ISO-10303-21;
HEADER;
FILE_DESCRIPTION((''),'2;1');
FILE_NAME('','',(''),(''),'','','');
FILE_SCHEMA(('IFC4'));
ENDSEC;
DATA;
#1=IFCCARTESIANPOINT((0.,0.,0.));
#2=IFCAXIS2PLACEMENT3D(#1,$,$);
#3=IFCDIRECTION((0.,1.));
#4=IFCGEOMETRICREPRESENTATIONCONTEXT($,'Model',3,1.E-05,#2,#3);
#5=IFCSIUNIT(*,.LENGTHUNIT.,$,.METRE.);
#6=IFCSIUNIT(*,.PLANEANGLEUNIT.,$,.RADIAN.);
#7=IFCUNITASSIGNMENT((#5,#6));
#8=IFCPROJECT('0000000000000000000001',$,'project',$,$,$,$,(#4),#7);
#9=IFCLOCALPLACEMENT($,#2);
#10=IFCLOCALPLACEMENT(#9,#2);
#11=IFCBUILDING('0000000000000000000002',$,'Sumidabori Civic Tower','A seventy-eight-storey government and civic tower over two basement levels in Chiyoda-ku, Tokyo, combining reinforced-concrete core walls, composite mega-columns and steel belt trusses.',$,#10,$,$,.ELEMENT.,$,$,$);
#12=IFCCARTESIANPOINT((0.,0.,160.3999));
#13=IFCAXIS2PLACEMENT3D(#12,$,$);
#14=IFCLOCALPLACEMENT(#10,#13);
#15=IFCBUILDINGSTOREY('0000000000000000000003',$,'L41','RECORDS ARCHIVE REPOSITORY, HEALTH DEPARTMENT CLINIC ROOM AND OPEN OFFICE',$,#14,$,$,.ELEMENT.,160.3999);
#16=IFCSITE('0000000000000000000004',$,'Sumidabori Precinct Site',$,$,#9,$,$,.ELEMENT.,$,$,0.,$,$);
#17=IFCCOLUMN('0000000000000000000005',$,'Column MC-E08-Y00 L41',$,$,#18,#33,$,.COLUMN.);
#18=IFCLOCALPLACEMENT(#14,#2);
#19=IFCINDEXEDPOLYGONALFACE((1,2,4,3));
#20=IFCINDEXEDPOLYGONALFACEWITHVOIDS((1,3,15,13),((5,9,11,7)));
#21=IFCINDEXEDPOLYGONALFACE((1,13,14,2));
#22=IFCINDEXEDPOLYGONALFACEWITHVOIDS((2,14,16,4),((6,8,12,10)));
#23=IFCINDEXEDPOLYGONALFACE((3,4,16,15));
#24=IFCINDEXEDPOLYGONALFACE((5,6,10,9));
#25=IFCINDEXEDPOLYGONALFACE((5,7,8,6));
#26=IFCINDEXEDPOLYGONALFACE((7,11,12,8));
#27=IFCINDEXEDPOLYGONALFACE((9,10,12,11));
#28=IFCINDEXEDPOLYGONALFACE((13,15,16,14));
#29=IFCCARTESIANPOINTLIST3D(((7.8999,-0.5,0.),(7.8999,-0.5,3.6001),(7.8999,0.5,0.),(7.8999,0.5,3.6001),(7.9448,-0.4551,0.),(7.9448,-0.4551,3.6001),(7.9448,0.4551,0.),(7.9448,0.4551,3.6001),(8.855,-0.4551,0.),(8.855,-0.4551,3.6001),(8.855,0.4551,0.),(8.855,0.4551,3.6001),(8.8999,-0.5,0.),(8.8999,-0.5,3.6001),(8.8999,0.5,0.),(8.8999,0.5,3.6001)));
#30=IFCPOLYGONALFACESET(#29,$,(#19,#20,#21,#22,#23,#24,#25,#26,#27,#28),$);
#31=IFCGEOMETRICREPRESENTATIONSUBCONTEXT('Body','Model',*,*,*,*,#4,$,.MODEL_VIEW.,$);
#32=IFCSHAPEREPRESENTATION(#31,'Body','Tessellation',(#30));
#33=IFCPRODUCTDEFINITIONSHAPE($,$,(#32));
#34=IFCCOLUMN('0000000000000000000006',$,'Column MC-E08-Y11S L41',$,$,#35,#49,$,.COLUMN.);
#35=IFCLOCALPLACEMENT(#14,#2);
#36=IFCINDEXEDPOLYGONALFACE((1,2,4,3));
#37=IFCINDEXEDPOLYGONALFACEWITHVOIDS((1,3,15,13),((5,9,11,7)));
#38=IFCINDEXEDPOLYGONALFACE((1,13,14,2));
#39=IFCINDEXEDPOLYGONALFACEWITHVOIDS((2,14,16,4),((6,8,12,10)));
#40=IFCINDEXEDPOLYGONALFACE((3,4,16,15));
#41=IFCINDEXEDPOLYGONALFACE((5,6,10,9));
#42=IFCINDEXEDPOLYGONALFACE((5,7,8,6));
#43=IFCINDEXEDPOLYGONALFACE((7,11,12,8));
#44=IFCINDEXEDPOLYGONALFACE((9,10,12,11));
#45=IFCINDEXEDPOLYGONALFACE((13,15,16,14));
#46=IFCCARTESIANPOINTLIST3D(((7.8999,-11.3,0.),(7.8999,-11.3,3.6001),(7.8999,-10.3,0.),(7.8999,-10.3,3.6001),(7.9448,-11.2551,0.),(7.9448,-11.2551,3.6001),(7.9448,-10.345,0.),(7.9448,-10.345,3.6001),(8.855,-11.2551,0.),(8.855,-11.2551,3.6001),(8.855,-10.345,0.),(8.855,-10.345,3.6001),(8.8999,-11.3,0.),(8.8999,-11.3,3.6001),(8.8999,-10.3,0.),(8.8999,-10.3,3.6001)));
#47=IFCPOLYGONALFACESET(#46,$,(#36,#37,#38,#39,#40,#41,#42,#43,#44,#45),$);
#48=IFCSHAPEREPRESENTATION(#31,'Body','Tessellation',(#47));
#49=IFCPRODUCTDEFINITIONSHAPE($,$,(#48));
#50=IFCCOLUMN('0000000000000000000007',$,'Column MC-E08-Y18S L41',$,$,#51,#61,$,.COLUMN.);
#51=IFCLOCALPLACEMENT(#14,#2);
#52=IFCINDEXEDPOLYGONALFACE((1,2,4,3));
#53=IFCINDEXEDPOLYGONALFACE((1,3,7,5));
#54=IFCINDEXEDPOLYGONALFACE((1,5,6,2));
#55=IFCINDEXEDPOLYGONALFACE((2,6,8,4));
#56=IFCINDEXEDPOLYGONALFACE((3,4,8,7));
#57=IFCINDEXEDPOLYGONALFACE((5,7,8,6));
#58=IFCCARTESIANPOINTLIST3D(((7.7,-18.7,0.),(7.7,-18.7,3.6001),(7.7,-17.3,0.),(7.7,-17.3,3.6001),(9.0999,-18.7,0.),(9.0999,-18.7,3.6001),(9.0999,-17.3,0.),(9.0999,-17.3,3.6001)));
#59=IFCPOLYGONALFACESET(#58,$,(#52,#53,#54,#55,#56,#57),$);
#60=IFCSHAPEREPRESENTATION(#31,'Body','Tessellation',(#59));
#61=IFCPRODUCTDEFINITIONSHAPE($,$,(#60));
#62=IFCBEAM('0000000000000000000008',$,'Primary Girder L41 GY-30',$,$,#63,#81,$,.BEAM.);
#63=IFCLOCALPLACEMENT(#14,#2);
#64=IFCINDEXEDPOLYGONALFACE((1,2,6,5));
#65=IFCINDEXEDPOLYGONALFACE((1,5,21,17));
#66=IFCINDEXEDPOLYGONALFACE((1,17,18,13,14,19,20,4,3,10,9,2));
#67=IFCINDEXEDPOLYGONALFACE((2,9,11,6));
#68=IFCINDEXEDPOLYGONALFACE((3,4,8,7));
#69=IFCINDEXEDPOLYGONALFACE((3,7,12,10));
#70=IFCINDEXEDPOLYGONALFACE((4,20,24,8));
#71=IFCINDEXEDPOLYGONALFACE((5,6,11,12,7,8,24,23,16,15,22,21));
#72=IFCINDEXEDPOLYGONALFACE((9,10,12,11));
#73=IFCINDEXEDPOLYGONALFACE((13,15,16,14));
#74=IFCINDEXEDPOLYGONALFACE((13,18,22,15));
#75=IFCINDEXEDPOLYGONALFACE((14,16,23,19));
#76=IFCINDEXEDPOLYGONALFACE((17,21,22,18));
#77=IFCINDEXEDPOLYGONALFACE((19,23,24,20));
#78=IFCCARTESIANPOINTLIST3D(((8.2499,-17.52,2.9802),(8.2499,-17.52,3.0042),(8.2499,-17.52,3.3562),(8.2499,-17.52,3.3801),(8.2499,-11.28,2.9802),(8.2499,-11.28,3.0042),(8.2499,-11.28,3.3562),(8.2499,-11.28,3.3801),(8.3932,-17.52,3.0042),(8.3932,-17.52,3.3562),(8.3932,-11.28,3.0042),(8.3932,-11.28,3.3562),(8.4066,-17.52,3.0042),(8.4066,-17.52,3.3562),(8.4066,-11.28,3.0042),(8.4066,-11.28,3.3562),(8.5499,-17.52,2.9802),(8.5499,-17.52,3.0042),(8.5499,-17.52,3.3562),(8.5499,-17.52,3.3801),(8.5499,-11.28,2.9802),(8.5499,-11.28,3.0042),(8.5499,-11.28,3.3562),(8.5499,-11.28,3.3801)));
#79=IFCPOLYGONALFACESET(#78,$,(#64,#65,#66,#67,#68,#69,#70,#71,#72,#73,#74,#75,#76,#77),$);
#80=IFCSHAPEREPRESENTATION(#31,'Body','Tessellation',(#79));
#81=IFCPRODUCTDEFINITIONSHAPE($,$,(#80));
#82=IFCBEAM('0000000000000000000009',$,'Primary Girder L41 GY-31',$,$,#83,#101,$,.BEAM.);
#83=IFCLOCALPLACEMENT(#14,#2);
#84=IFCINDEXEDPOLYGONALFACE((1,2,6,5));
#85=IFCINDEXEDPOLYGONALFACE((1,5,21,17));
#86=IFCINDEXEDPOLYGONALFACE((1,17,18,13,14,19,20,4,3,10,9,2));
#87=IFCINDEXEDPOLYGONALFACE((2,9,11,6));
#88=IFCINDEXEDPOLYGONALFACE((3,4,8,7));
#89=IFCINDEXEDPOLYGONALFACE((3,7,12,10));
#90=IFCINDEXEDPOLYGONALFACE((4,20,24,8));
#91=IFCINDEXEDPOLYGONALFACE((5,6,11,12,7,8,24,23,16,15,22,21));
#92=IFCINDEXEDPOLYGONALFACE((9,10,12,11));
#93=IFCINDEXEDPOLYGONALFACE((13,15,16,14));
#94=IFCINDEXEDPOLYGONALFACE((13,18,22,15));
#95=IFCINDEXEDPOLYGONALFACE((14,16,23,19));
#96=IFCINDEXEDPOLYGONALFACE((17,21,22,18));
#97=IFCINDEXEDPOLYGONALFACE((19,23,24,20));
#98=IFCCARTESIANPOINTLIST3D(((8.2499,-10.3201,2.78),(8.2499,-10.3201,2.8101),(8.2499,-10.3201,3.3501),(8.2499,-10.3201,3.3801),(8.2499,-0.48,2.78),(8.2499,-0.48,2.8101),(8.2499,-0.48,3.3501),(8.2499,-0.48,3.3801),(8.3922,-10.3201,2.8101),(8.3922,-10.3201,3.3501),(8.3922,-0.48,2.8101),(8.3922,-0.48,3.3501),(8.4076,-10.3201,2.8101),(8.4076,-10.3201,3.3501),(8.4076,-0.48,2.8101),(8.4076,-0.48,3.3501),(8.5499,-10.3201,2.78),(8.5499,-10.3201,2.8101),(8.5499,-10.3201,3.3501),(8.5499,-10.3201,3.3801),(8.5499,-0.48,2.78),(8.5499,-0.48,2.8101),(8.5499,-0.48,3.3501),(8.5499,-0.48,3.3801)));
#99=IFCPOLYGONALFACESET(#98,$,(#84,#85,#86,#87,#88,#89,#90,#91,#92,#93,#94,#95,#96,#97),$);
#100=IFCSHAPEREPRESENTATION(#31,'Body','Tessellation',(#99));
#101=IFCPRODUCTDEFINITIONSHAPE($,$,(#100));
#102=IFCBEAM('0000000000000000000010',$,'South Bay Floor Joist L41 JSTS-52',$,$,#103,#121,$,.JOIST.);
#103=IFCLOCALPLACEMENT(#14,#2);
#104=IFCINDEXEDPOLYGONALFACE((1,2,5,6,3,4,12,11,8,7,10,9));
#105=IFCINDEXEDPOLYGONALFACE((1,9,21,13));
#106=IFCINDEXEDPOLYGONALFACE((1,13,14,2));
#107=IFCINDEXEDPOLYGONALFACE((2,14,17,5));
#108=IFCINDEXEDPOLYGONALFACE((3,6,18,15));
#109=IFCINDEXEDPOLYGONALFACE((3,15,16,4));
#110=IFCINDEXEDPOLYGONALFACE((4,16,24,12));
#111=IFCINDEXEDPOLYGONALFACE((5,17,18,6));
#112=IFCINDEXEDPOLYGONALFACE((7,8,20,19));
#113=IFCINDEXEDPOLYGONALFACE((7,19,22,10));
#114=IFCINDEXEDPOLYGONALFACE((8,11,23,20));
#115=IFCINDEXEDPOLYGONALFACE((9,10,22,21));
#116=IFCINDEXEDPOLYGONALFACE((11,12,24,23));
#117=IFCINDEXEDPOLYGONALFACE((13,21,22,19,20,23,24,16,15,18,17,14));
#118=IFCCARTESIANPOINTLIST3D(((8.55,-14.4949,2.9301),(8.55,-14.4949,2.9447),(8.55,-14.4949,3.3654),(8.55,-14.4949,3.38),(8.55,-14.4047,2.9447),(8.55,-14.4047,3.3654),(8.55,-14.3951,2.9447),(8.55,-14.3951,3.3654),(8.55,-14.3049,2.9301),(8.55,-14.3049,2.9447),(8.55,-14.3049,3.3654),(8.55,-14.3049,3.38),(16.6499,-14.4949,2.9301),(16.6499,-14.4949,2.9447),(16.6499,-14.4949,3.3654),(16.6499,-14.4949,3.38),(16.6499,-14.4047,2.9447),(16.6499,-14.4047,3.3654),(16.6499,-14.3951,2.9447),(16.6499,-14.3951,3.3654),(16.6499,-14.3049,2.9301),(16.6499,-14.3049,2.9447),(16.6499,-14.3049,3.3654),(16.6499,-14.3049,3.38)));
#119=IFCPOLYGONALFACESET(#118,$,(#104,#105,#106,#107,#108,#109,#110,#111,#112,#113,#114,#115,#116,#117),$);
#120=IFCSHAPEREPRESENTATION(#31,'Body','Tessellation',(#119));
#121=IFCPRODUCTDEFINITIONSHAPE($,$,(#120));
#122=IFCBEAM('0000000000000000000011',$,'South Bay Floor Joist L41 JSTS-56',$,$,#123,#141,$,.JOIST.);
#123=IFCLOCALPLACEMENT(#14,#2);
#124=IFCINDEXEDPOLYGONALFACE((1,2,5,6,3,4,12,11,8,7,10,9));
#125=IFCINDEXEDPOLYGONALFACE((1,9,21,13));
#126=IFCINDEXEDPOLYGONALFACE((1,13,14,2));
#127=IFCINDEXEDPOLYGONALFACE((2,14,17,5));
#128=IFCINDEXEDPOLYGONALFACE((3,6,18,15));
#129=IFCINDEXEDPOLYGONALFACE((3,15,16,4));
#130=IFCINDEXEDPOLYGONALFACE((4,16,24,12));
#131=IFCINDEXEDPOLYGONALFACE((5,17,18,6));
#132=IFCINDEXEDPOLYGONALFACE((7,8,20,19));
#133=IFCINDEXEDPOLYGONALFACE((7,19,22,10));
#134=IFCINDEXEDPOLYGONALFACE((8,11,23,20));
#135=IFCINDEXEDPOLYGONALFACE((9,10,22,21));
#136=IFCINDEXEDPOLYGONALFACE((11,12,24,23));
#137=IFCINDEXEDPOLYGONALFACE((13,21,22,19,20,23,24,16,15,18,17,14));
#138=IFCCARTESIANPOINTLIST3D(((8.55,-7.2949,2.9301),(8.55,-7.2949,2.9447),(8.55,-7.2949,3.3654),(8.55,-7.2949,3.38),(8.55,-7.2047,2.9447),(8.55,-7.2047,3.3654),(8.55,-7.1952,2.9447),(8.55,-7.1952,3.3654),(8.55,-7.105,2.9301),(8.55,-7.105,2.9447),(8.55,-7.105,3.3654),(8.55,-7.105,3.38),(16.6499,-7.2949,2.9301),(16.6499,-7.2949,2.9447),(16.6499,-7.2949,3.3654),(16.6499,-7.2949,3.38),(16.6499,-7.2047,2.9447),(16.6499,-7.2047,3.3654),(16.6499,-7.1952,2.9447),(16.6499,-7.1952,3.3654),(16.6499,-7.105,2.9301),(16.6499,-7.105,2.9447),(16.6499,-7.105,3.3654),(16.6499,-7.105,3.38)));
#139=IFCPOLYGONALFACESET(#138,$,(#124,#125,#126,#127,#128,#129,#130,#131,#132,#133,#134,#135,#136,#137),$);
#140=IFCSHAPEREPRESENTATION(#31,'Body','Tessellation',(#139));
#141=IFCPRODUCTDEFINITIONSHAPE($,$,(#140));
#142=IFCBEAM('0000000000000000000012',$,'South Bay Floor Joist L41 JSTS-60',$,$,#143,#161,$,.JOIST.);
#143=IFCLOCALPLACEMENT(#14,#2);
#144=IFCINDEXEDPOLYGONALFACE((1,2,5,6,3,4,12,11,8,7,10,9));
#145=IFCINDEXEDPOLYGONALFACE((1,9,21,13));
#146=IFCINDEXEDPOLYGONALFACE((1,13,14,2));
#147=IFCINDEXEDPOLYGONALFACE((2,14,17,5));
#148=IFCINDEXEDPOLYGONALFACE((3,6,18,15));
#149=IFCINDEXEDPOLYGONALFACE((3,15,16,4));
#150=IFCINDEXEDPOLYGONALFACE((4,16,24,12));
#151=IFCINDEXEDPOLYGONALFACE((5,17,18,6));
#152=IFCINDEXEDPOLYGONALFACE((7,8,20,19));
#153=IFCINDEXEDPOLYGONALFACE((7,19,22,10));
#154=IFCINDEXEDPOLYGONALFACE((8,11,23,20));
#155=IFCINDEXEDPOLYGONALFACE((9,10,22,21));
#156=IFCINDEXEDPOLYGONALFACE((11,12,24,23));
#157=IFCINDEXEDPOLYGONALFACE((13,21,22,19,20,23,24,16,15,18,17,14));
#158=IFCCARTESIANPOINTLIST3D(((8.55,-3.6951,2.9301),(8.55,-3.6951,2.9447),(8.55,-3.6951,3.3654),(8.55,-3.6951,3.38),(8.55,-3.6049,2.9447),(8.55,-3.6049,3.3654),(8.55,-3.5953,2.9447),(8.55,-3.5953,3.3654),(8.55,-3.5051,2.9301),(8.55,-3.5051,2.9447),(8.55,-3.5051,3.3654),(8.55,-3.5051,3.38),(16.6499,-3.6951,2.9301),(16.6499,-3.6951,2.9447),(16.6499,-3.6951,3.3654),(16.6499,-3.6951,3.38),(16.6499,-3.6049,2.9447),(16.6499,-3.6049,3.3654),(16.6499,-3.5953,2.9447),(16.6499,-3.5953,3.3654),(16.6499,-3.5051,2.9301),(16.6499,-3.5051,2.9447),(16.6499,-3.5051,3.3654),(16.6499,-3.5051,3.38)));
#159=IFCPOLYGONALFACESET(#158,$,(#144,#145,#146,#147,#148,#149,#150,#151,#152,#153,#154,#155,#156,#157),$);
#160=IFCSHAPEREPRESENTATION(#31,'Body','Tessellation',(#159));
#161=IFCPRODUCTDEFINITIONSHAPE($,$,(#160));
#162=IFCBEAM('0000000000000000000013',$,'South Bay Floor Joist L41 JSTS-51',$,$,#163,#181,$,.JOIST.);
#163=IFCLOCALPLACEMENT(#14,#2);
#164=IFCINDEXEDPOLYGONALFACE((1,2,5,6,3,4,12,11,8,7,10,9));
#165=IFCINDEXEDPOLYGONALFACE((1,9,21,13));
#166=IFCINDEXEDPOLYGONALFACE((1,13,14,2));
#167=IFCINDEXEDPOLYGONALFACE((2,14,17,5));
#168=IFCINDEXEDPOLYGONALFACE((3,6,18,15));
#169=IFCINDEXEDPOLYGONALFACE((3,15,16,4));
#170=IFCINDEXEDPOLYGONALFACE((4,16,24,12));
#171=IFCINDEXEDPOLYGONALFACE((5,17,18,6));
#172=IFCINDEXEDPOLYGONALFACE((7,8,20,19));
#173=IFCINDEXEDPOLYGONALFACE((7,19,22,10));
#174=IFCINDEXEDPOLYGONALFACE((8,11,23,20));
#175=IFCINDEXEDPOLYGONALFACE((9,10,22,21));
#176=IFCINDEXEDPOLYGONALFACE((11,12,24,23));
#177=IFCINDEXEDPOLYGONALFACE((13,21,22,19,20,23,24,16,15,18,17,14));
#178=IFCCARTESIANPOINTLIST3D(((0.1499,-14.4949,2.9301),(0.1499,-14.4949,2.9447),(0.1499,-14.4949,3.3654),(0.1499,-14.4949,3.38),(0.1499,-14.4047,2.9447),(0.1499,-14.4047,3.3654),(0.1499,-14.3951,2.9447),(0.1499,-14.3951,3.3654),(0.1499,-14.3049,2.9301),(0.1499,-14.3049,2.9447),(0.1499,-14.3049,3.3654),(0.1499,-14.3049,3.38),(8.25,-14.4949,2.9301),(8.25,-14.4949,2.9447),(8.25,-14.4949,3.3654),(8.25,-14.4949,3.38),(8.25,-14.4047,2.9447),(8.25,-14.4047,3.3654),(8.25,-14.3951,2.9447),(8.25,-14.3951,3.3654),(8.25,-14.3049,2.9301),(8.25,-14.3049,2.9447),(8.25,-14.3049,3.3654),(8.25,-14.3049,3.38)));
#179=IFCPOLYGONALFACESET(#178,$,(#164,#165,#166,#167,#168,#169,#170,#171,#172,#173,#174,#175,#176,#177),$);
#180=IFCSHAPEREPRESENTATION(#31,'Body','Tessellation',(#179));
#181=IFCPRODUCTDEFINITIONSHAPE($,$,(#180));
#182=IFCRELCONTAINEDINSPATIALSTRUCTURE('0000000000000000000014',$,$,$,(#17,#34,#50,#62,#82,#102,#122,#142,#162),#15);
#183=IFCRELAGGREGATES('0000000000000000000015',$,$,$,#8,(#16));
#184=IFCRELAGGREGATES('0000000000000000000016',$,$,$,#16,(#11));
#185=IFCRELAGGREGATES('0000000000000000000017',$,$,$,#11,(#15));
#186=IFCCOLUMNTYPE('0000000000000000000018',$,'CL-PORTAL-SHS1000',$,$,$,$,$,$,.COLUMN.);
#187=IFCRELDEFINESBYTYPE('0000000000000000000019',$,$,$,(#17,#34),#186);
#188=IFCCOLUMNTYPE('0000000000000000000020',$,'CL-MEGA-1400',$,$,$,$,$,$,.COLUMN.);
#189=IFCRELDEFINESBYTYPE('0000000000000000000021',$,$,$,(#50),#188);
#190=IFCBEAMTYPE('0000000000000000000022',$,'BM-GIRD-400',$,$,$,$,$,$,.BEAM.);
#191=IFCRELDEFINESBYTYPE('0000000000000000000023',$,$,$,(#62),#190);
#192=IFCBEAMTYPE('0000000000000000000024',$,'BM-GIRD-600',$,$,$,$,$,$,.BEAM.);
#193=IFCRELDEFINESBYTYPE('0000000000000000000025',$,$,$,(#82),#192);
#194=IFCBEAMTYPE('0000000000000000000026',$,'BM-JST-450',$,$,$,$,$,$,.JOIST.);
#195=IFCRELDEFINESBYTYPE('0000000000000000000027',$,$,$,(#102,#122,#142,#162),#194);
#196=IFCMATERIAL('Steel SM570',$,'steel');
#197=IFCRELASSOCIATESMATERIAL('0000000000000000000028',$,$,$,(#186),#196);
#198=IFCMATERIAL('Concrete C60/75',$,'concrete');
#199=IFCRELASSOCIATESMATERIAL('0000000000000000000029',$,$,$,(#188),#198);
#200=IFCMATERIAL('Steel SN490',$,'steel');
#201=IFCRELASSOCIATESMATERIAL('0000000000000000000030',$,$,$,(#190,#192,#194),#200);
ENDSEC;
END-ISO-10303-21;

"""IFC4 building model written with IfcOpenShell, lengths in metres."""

from ifc_helpers import new_model, si_unit, direction, frame, origin, origin_2d, place, context, subcontext, project, spatial, rectangle, hollow_rectangle, i_section, extrude, source, transform, mapped, material, material_profile, profile_set, type_object, element, save


model = new_model("IFC4")

# Units and contexts
model_context = context("Model", 3, precision=1e-05, world=origin(), true_north=direction((0.0, 1.0)))
body_context = subcontext(model_context, "Body", "Model", "MODEL_VIEW")
ifc_project = project(units=[si_unit("LENGTHUNIT", "METRE"), si_unit("PLANEANGLEUNIT", "RADIAN")], contexts=[model_context])

# Site, building, storey
site_placement = place(None, origin())
site = spatial("IfcSite", under=ifc_project, at=site_placement, Name="Sumidabori Precinct Site", CompositionType="ELEMENT", RefElevation=0.0)
building_placement = place(site_placement, origin())
building = spatial("IfcBuilding", under=site, at=building_placement, Name="Sumidabori Civic Tower", Description="A seventy-eight-storey government and civic tower over two basement levels in Chiyoda-ku, Tokyo, combining reinforced-concrete core walls, composite mega-columns and steel belt trusses.", CompositionType="ELEMENT")
storey_placement = place(building_placement, frame((0.0, 0.0, 160.3999)))
storey = spatial("IfcBuildingStorey", under=building, at=storey_placement, Name="L41", Description="RECORDS ARCHIVE REPOSITORY, HEALTH DEPARTMENT CLINIC ROOM AND OPEN OFFICE", CompositionType="ELEMENT", Elevation=160.3999)

# Columns
ifc_material_1 = material(Name="Steel SM570", Category="steel")
ifc_material_profile_1 = material_profile(ifc_material_1, hollow_rectangle(XDim=1.0, YDim=1.0, WallThickness=0.0449, at=origin_2d()), Name="SHS 1000x1000x45")
ifc_profile_set_1 = profile_set([ifc_material_profile_1], Name="Steel SM570")
column_type_1 = type_object("IfcColumnType", Name="CL-PORTAL-SHS1000", PredefinedType="COLUMN", material=ifc_profile_set_1)
shared_shape_1 = source(origin(), body_context, "Body", "SweptSolid", [
    extrude(hollow_rectangle(XDim=1.0, YDim=1.0, WallThickness=0.0449, at=origin_2d()), origin(), (0.0, 0.0, 1.0), 3.6001),
])
for number, where, z_axis, x_axis, name in (
    (1, (8.3999, 0.0, 0.0), (0.0, 0.0, 1.0), (1.0, 0.0, 0.0), "Column MC-E08-Y00 L41"),
    (2, (8.3999, -10.8, 0.0), (0.0, 0.0, 1.0), (1.0, 0.0, 0.0), "Column MC-E08-Y11S L41"),
):
    element("IfcColumn", number, at=place(storey_placement, frame(where, z_axis=z_axis, x_axis=x_axis)), inside=storey, type_object=column_type_1, Name=name, PredefinedType="COLUMN", context=body_context, shape_type="MappedRepresentation", body=[
        mapped(shared_shape_1, transform((0.0, 0.0, 0.0), x_axis=(1.0, 0.0, 0.0), y_axis=(0.0, 1.0, 0.0), z_axis=(0.0, 0.0, 1.0), scale=1.0)),
    ])
ifc_material_2 = material(Name="Concrete C60/75", Category="concrete")
ifc_material_profile_2 = material_profile(ifc_material_2, rectangle(XDim=1.3999, YDim=1.3999, at=origin_2d()), Name="RC 1400x1400")
ifc_profile_set_2 = profile_set([ifc_material_profile_2], Name="Concrete C60/75")
column_type_2 = type_object("IfcColumnType", Name="CL-MEGA-1400", PredefinedType="COLUMN", material=ifc_profile_set_2)
shared_shape_2 = source(origin(), body_context, "Body", "SweptSolid", [
    extrude(rectangle(XDim=1.3999, YDim=1.3999, at=origin_2d()), origin(), (0.0, 0.0, 1.0), 3.6001),
])
column_placement = place(storey_placement, frame((8.3999, -18.0, 0.0), z_axis=(0.0, 0.0, 1.0), x_axis=(1.0, 0.0, 0.0)))
element("IfcColumn", 3, at=column_placement, inside=storey, type_object=column_type_2, Name="Column MC-E08-Y18S L41", PredefinedType="COLUMN", context=body_context, shape_type="MappedRepresentation", body=[
    mapped(shared_shape_2, transform((0.0, 0.0, 0.0), x_axis=(1.0, 0.0, 0.0), y_axis=(0.0, 1.0, 0.0), z_axis=(0.0, 0.0, 1.0), scale=1.0)),
])

# Beams
ifc_material_3 = material(Name="Steel SN490", Category="steel")
ifc_material_profile_3 = material_profile(ifc_material_3, i_section(OverallWidth=0.3, OverallDepth=0.3999, WebThickness=0.0134, FlangeThickness=0.0239, at=origin_2d()), Name="HE 400 B")
ifc_profile_set_3 = profile_set([ifc_material_profile_3], Name="Steel SN490")
beam_type_1 = type_object("IfcBeamType", Name="BM-GIRD-400", PredefinedType="BEAM", material=ifc_profile_set_3)
shared_shape_3 = source(origin(), body_context, "Body", "SweptSolid", [
    extrude(i_section(OverallWidth=0.3, OverallDepth=0.3999, WebThickness=0.0134, FlangeThickness=0.0239, at=origin_2d()), origin(), (0.0, 0.0, 1.0), 6.24),
])
beam_1_placement = place(storey_placement, frame((8.3999, -17.52, 3.1802), z_axis=(0.0, 1.0, 0.0), x_axis=(-1.0, 0.0, 0.0)))
element("IfcBeam", 4, at=beam_1_placement, inside=storey, type_object=beam_type_1, Name="Primary Girder L41 GY-30", PredefinedType="BEAM", context=body_context, shape_type="MappedRepresentation", body=[
    mapped(shared_shape_3, transform((0.0, 0.0, 0.0), x_axis=(1.0, 0.0, 0.0), y_axis=(0.0, 1.0, 0.0), z_axis=(0.0, 0.0, 1.0), scale=1.0)),
])
ifc_material_profile_4 = material_profile(ifc_material_3, i_section(OverallWidth=0.3, OverallDepth=0.6001, WebThickness=0.0154, FlangeThickness=0.03, at=origin_2d()), Name="HE 600 B")
ifc_profile_set_4 = profile_set([ifc_material_profile_4], Name="Steel SN490")
beam_type_2 = type_object("IfcBeamType", Name="BM-GIRD-600", PredefinedType="BEAM", material=ifc_profile_set_4)
shared_shape_4 = source(origin(), body_context, "Body", "SweptSolid", [
    extrude(i_section(OverallWidth=0.3, OverallDepth=0.6001, WebThickness=0.0154, FlangeThickness=0.03, at=origin_2d()), origin(), (0.0, 0.0, 1.0), 9.8401),
])
beam_2_placement = place(storey_placement, frame((8.3999, -10.3201, 3.0801), z_axis=(0.0, 1.0, 0.0), x_axis=(-1.0, 0.0, 0.0)))
element("IfcBeam", 5, at=beam_2_placement, inside=storey, type_object=beam_type_2, Name="Primary Girder L41 GY-31", PredefinedType="BEAM", context=body_context, shape_type="MappedRepresentation", body=[
    mapped(shared_shape_4, transform((0.0, 0.0, 0.0), x_axis=(1.0, 0.0, 0.0), y_axis=(0.0, 1.0, 0.0), z_axis=(0.0, 0.0, 1.0), scale=1.0)),
])
ifc_material_profile_5 = material_profile(ifc_material_3, i_section(OverallWidth=0.1899, OverallDepth=0.45, WebThickness=0.0095, FlangeThickness=0.0146, at=origin_2d()), Name="IPE 450")
ifc_profile_set_5 = profile_set([ifc_material_profile_5], Name="Steel SN490")
beam_type_3 = type_object("IfcBeamType", Name="BM-JST-450", PredefinedType="JOIST", material=ifc_profile_set_5)
shared_shape_5 = source(origin(), body_context, "Body", "SweptSolid", [
    extrude(i_section(OverallWidth=0.1899, OverallDepth=0.45, WebThickness=0.0095, FlangeThickness=0.0146, at=origin_2d()), origin(), (0.0, 0.0, 1.0), 8.0999),
])
for number, where, z_axis, x_axis, name in (
    (6, (8.55, -14.3999, 3.155), (1.0, 0.0, 0.0), (0.0, 1.0, 0.0), "South Bay Floor Joist L41 JSTS-52"),
    (7, (8.55, -7.2, 3.155), (1.0, 0.0, 0.0), (0.0, 1.0, 0.0), "South Bay Floor Joist L41 JSTS-56"),
    (8, (8.55, -3.6001, 3.155), (1.0, 0.0, 0.0), (0.0, 1.0, 0.0), "South Bay Floor Joist L41 JSTS-60"),
):
    element("IfcBeam", number, at=place(storey_placement, frame(where, z_axis=z_axis, x_axis=x_axis)), inside=storey, type_object=beam_type_3, Name=name, PredefinedType="JOIST", context=body_context, shape_type="MappedRepresentation", body=[
        mapped(shared_shape_5, transform((0.0, 0.0, 0.0), x_axis=(1.0, 0.0, 0.0), y_axis=(0.0, 1.0, 0.0), z_axis=(0.0, 0.0, 1.0), scale=1.0)),
    ])
shared_shape_6 = source(origin(), body_context, "Body", "SweptSolid", [
    extrude(i_section(OverallWidth=0.1899, OverallDepth=0.45, WebThickness=0.0095, FlangeThickness=0.0146, at=origin_2d()), origin(), (0.0, 0.0, 1.0), 8.1001),
])
for number, where, z_axis, x_axis, name in (
    (9, (0.1499, -14.3999, 3.155), (1.0, 0.0, 0.0), (0.0, 1.0, 0.0), "South Bay Floor Joist L41 JSTS-51"),
):
    element("IfcBeam", number, at=place(storey_placement, frame(where, z_axis=z_axis, x_axis=x_axis)), inside=storey, type_object=beam_type_3, Name=name, PredefinedType="JOIST", context=body_context, shape_type="MappedRepresentation", body=[
        mapped(shared_shape_6, transform((0.0, 0.0, 0.0), x_axis=(1.0, 0.0, 0.0), y_axis=(0.0, 1.0, 0.0), z_axis=(0.0, 0.0, 1.0), scale=1.0)),
    ])

save(model, "model.ifc")
